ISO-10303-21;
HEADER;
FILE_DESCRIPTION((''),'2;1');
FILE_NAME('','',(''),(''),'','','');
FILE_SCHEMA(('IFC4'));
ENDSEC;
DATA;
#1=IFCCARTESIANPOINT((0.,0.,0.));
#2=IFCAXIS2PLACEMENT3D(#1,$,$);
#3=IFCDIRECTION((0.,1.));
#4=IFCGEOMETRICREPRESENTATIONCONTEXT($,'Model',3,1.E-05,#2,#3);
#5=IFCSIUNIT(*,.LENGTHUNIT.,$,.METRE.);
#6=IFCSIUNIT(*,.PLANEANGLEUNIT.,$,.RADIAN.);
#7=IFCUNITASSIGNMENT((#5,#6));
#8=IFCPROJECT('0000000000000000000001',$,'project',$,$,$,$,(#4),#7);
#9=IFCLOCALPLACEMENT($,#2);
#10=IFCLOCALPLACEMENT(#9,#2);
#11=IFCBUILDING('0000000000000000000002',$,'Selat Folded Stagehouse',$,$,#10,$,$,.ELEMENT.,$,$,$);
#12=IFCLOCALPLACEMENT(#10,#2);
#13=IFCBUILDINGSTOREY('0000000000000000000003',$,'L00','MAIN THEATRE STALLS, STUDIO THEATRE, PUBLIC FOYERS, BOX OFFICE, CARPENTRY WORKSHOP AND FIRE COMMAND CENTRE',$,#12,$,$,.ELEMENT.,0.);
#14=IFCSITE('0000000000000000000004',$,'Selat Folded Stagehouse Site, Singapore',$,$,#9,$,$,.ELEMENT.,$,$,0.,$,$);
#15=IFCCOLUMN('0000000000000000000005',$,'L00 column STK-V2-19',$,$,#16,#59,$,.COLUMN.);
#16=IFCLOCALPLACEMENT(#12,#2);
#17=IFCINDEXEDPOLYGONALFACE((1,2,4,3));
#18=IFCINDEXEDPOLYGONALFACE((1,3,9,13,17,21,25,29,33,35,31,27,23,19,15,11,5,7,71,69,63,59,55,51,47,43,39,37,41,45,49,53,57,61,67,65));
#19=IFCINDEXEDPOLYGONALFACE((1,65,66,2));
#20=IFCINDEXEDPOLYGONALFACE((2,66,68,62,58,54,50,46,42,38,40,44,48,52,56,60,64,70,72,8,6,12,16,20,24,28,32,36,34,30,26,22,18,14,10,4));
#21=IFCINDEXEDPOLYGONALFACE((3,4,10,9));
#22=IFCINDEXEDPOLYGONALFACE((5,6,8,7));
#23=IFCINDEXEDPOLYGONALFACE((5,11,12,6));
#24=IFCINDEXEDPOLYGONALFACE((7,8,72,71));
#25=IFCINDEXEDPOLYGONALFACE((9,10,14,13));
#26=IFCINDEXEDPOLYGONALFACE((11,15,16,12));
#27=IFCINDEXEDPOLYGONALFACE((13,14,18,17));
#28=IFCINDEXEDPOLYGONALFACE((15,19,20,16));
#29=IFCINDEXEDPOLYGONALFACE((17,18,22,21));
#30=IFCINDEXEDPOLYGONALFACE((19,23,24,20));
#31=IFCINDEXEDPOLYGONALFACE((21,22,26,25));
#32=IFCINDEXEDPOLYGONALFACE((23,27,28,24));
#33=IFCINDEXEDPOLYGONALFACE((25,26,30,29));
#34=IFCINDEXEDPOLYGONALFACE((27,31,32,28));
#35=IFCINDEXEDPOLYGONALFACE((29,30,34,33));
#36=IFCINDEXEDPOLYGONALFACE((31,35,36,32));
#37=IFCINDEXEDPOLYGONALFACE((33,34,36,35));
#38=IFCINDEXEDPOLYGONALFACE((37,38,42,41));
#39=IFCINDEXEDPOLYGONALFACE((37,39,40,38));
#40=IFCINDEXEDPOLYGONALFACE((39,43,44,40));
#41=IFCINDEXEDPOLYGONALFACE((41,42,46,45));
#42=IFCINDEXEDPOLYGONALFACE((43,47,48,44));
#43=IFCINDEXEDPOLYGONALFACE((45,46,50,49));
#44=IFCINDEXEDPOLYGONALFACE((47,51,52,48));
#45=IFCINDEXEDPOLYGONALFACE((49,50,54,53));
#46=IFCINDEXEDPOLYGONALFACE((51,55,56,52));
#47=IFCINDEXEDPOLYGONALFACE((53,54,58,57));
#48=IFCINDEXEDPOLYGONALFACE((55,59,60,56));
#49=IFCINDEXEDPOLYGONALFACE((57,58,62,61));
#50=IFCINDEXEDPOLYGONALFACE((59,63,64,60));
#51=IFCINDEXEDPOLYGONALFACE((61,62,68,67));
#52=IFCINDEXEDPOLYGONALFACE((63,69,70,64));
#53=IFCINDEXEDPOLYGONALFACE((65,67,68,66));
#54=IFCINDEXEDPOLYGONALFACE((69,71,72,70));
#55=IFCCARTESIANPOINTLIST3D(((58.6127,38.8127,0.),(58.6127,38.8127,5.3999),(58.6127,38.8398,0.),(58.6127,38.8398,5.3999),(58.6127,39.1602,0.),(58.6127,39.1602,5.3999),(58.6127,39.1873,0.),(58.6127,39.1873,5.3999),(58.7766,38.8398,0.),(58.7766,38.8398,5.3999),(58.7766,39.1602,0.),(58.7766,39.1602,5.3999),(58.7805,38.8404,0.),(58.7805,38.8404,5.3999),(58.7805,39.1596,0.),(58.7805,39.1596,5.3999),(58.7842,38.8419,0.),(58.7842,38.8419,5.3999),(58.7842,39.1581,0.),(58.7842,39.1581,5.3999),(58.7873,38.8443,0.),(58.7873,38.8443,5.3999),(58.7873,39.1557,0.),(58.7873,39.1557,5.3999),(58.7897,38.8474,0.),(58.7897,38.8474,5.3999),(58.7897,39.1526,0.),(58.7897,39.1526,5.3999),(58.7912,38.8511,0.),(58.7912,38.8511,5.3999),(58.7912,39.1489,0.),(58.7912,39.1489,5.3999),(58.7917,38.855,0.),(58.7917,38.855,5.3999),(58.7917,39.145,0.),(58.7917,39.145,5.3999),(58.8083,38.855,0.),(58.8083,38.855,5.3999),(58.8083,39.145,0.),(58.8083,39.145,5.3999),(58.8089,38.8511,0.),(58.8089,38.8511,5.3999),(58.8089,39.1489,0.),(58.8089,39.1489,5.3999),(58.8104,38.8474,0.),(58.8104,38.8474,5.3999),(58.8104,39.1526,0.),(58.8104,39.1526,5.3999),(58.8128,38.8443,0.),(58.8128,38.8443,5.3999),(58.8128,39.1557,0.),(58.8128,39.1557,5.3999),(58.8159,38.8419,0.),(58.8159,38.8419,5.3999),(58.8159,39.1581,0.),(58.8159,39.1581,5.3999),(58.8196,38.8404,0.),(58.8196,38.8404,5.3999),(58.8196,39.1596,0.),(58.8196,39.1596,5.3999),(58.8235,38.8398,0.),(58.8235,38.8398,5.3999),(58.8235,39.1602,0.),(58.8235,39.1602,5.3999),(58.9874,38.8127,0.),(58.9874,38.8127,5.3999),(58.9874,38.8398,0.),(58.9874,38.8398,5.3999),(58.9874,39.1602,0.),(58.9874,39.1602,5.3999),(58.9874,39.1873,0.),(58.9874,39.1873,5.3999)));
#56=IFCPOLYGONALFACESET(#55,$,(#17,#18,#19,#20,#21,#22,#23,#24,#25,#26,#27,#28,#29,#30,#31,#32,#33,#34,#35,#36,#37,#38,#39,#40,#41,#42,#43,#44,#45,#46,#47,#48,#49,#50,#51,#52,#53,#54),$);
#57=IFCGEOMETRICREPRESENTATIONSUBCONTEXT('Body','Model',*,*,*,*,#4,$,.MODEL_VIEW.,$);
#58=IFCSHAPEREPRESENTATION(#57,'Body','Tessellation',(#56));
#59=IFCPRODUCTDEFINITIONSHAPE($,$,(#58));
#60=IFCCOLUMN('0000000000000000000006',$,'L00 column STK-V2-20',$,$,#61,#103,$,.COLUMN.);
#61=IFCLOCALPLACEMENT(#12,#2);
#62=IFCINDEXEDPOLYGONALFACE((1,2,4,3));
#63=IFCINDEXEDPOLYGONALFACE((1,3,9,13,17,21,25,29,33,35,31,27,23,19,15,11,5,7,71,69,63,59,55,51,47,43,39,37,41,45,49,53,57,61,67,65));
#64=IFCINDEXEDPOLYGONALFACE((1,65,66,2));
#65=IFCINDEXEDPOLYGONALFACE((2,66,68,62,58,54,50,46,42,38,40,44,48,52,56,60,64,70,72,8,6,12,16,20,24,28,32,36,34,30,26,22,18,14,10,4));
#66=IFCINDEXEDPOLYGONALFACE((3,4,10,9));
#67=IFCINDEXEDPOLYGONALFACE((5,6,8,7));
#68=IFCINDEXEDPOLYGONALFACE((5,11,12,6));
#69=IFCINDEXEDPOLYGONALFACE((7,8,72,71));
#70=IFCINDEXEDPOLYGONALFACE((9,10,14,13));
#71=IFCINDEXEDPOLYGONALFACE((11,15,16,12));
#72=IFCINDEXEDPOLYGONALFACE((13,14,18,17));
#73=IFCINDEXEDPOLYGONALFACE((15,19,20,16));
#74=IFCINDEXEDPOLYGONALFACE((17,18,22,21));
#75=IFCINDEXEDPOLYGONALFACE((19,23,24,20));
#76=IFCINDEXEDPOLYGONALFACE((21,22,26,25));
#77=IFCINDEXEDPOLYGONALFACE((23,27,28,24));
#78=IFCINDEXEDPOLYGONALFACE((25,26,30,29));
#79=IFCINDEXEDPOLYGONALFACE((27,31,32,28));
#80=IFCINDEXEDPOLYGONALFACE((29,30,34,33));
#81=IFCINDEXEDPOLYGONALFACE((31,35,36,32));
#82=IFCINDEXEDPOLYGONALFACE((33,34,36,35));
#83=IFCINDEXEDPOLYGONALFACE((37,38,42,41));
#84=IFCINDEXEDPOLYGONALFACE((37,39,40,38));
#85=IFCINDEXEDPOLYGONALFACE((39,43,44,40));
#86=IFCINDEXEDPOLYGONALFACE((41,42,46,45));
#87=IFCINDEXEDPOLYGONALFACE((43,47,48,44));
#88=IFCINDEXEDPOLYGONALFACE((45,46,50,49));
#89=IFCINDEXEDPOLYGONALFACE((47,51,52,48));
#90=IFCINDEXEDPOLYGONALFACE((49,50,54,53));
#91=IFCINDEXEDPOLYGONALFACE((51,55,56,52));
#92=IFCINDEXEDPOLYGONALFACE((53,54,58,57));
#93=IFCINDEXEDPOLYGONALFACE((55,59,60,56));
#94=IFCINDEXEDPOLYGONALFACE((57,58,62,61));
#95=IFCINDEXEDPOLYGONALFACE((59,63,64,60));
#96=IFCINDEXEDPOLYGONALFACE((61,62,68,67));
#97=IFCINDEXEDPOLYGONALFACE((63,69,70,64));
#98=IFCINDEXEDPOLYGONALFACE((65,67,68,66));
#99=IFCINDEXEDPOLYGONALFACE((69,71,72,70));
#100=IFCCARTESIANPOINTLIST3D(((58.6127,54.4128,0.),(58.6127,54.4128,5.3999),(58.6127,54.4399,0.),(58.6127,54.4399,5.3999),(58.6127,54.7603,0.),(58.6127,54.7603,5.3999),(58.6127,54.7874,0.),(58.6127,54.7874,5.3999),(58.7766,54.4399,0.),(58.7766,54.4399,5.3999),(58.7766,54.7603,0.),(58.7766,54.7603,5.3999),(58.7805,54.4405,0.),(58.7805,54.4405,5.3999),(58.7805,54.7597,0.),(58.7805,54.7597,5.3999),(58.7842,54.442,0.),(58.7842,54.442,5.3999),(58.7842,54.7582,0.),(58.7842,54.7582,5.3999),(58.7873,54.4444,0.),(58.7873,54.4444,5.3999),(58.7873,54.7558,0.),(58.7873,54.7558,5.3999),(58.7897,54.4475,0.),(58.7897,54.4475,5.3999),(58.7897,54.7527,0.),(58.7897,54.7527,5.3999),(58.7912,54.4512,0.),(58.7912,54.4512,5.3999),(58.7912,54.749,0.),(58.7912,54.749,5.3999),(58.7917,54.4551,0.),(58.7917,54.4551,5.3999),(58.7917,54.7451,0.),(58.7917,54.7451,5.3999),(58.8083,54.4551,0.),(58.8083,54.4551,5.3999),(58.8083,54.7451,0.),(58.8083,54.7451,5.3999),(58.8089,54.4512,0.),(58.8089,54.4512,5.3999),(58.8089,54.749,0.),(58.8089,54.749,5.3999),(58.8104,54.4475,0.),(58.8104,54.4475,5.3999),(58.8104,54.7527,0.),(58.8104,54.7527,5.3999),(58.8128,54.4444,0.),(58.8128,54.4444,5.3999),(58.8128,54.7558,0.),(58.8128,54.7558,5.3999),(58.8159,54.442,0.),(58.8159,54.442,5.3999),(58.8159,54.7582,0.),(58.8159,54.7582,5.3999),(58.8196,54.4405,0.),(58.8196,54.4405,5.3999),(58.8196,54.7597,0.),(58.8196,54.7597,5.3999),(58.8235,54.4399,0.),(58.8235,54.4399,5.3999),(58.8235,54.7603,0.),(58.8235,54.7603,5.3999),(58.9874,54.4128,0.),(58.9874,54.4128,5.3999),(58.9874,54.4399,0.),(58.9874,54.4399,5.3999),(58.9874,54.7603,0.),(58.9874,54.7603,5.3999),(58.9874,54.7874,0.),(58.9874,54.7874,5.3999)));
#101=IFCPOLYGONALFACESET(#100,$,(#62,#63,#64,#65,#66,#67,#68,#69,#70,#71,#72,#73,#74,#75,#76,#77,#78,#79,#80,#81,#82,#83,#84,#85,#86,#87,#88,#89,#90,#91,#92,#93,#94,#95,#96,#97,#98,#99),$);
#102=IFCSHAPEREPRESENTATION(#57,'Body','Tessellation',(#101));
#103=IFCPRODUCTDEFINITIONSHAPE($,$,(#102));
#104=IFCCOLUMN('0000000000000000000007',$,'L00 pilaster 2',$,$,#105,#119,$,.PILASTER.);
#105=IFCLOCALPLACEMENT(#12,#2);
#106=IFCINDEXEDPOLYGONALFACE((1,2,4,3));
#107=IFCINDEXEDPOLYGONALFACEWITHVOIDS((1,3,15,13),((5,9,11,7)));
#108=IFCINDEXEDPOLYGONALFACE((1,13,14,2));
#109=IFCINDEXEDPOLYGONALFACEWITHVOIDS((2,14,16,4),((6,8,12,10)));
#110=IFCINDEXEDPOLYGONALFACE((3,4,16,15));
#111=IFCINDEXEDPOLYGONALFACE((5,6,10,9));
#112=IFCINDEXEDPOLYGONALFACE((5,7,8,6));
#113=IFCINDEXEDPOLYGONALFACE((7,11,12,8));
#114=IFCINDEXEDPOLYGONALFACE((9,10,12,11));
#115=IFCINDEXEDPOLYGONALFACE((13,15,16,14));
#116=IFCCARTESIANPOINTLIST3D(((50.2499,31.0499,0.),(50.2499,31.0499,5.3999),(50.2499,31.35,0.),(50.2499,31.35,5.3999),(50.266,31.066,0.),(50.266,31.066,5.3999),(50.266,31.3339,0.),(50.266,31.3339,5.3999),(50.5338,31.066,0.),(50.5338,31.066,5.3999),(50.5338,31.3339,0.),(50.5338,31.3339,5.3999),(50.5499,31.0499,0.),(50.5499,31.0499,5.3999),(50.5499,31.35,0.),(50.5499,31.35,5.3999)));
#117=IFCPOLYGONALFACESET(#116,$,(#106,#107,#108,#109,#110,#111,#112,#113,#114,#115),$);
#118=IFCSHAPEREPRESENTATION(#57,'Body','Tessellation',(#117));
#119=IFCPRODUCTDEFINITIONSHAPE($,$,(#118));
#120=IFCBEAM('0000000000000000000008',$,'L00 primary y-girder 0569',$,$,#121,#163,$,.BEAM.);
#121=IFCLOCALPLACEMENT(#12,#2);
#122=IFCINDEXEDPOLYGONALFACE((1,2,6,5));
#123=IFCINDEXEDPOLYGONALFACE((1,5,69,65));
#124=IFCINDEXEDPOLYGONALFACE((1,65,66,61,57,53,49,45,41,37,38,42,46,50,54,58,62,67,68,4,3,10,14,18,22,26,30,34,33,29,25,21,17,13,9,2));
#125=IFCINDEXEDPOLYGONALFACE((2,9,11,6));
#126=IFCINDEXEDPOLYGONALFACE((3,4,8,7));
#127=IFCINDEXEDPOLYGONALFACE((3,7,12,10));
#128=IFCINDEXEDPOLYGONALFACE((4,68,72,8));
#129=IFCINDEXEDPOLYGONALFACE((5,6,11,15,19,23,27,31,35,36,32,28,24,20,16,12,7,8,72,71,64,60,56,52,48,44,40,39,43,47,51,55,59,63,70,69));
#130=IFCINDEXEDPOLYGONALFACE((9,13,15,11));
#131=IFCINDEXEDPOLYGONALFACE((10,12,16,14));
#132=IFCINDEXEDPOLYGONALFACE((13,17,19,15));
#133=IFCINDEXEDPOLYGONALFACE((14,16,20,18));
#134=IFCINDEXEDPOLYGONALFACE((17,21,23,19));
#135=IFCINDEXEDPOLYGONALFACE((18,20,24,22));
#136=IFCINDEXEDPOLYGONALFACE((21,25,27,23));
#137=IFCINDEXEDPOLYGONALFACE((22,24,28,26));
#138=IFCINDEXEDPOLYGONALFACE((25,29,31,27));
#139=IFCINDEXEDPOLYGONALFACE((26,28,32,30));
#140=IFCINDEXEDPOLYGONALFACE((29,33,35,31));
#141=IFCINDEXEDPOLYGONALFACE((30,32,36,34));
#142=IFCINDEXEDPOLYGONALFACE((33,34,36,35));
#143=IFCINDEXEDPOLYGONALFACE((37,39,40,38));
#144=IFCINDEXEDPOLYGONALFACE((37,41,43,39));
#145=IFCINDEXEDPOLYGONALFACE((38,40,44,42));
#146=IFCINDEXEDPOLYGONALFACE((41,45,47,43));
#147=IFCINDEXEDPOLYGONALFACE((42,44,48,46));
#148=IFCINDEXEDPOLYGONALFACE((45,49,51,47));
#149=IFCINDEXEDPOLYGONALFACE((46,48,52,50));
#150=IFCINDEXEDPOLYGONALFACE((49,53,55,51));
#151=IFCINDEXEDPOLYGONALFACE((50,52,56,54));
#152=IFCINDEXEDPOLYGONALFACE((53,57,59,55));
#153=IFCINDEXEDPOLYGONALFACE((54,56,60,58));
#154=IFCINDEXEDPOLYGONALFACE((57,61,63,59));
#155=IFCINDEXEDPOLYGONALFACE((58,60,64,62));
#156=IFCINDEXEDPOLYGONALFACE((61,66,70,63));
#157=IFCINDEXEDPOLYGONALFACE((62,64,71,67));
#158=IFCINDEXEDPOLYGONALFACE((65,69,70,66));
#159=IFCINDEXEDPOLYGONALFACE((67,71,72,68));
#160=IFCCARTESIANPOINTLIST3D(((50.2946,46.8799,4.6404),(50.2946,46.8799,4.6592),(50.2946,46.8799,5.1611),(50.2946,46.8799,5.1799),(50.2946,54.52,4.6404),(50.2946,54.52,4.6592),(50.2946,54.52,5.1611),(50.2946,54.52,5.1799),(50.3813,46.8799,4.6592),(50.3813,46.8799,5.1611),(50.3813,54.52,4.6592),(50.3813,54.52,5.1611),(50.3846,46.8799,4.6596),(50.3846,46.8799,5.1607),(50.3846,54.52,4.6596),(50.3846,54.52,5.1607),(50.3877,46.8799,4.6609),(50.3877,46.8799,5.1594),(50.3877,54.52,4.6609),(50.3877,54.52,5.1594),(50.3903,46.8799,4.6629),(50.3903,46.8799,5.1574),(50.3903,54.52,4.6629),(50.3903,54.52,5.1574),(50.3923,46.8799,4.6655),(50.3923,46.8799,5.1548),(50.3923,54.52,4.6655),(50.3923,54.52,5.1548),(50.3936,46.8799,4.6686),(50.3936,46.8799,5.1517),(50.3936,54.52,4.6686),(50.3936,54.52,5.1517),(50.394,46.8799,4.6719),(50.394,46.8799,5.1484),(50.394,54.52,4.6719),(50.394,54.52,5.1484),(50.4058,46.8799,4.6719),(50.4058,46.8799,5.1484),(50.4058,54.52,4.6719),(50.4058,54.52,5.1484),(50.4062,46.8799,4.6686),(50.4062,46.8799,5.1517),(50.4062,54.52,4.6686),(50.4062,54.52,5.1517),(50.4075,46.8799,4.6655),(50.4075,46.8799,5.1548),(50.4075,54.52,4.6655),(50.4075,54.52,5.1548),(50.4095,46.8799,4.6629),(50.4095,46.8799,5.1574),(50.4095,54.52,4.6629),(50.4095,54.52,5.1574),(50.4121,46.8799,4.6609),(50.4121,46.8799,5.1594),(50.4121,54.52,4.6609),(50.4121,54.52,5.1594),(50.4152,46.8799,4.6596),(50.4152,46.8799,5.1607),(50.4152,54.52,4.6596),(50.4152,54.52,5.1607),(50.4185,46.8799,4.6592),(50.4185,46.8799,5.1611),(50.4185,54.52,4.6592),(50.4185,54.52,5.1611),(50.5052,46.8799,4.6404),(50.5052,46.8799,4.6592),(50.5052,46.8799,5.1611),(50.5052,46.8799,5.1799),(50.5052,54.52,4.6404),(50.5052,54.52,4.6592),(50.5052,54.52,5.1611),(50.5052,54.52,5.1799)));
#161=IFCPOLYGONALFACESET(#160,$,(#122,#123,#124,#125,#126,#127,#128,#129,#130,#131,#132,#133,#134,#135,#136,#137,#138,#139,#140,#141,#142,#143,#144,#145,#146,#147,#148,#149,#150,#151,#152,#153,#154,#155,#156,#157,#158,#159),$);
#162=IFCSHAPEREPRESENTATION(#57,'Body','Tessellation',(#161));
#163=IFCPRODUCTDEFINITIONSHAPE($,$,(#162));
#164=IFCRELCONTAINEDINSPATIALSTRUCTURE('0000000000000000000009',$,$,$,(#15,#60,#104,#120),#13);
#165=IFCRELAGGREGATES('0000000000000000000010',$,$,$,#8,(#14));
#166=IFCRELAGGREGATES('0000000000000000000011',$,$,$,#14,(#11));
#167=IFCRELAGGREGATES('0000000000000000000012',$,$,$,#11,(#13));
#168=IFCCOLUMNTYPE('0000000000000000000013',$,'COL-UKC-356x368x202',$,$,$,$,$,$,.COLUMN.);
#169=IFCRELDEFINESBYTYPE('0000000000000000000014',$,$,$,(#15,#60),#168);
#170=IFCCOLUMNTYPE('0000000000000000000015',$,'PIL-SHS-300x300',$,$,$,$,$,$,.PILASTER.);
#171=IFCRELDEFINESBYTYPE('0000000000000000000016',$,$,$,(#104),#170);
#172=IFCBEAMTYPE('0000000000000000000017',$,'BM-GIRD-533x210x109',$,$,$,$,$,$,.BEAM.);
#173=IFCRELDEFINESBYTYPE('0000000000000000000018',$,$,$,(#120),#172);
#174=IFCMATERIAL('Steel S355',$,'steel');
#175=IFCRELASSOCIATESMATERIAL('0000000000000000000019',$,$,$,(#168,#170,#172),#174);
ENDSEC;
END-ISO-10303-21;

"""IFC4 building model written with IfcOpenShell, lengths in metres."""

from ifc_helpers import new_model, si_unit, direction, frame, origin, origin_2d, place, context, subcontext, project, spatial, hollow_rectangle, i_section, extrude, material, material_profile, profile_set, type_object, element, save


model = new_model("IFC4")

# Units and contexts
model_context = context("Model", 3, precision=1e-05, world=origin(), true_north=direction((0.0, 1.0)))
body_context = subcontext(model_context, "Body", "Model", "MODEL_VIEW")
ifc_project = project(units=[si_unit("LENGTHUNIT", "METRE"), si_unit("PLANEANGLEUNIT", "RADIAN")], contexts=[model_context])

# Site, building, storey
site_placement = place(None, origin())
site = spatial("IfcSite", under=ifc_project, at=site_placement, Name="Selat Folded Stagehouse Site, Singapore", CompositionType="ELEMENT", RefElevation=0.0)
building_placement = place(site_placement, origin())
building = spatial("IfcBuilding", under=site, at=building_placement, Name="Selat Folded Stagehouse", CompositionType="ELEMENT")
storey_placement = place(building_placement, origin())
storey = spatial("IfcBuildingStorey", under=building, at=storey_placement, Name="L00", Description="MAIN THEATRE STALLS, STUDIO THEATRE, PUBLIC FOYERS, BOX OFFICE, CARPENTRY WORKSHOP AND FIRE COMMAND CENTRE", CompositionType="ELEMENT", Elevation=0.0)

# Columns
ifc_material_1 = material(Name="Steel S355", Category="steel")
ifc_material_profile_1 = material_profile(ifc_material_1, i_section(OverallWidth=0.3748, OverallDepth=0.3745, WebThickness=0.0166, FlangeThickness=0.0271, FilletRadius=0.0151, at=origin_2d()), Name="UKC 356x368x202")
ifc_profile_set_1 = profile_set([ifc_material_profile_1], Name="Steel S355")
column_type_1 = type_object("IfcColumnType", Name="COL-UKC-356x368x202", PredefinedType="COLUMN", material=ifc_profile_set_1)
for number, where, z_axis, x_axis, name in (
    (1, (58.8, 39.0, 0.0), (0.0, 0.0, 1.0), (1.0, 0.0, 0.0), "L00 column STK-V2-19"),
    (2, (58.8, 54.6001, 0.0), (0.0, 0.0, 1.0), (1.0, 0.0, 0.0), "L00 column STK-V2-20"),
):
    element("IfcColumn", number, at=place(storey_placement, frame(where, z_axis=z_axis, x_axis=x_axis)), inside=storey, type_object=column_type_1, Name=name, PredefinedType="COLUMN", context=body_context, shape_type="SweptSolid", body=[
        extrude(i_section(OverallWidth=0.3748, OverallDepth=0.3745, WebThickness=0.0166, FlangeThickness=0.0271, FilletRadius=0.0151, at=origin_2d()), origin(), (0.0, 0.0, 1.0), 5.3999),
    ])
ifc_material_profile_2 = material_profile(ifc_material_1, hollow_rectangle(XDim=0.3, YDim=0.3, WallThickness=0.0161, at=origin_2d()), Name="SHS 300x300x16.0")
ifc_profile_set_2 = profile_set([ifc_material_profile_2], Name="Steel S355")
column_type_2 = type_object("IfcColumnType", Name="PIL-SHS-300x300", PredefinedType="PILASTER", material=ifc_profile_set_2)
column_placement = place(storey_placement, frame((50.3999, 31.2, 0.0), z_axis=(0.0, 0.0, 1.0), x_axis=(1.0, 0.0, 0.0)))
element("IfcColumn", 3, at=column_placement, inside=storey, type_object=column_type_2, Name="L00 pilaster 2", PredefinedType="PILASTER", context=body_context, shape_type="SweptSolid", body=[
    extrude(hollow_rectangle(XDim=0.3, YDim=0.3, WallThickness=0.0161, at=origin_2d()), origin(), (0.0, 0.0, 1.0), 5.3999),
])

# Beam
ifc_material_profile_3 = material_profile(ifc_material_1, i_section(OverallWidth=0.2107, OverallDepth=0.5396, WebThickness=0.0117, FlangeThickness=0.0188, FilletRadius=0.0127, at=origin_2d()), Name="UKB 533x210x109")
ifc_profile_set_3 = profile_set([ifc_material_profile_3], Name="Steel S355")
beam_type_1 = type_object("IfcBeamType", Name="BM-GIRD-533x210x109", PredefinedType="BEAM", material=ifc_profile_set_3)
beam_1_placement = place(storey_placement, frame((50.3999, 46.8799, 4.9102), z_axis=(0.0, 1.0, 0.0), x_axis=(-1.0, 0.0, 0.0)))
element("IfcBeam", 4, at=beam_1_placement, inside=storey, type_object=beam_type_1, Name="L00 primary y-girder 0569", PredefinedType="BEAM", context=body_context, shape_type="SweptSolid", body=[
    extrude(i_section(OverallWidth=0.2107, OverallDepth=0.5396, WebThickness=0.0117, FlangeThickness=0.0188, FilletRadius=0.0127, at=origin_2d()), origin(), (0.0, 0.0, 1.0), 7.6401),
])

save(model, "model.ifc")
